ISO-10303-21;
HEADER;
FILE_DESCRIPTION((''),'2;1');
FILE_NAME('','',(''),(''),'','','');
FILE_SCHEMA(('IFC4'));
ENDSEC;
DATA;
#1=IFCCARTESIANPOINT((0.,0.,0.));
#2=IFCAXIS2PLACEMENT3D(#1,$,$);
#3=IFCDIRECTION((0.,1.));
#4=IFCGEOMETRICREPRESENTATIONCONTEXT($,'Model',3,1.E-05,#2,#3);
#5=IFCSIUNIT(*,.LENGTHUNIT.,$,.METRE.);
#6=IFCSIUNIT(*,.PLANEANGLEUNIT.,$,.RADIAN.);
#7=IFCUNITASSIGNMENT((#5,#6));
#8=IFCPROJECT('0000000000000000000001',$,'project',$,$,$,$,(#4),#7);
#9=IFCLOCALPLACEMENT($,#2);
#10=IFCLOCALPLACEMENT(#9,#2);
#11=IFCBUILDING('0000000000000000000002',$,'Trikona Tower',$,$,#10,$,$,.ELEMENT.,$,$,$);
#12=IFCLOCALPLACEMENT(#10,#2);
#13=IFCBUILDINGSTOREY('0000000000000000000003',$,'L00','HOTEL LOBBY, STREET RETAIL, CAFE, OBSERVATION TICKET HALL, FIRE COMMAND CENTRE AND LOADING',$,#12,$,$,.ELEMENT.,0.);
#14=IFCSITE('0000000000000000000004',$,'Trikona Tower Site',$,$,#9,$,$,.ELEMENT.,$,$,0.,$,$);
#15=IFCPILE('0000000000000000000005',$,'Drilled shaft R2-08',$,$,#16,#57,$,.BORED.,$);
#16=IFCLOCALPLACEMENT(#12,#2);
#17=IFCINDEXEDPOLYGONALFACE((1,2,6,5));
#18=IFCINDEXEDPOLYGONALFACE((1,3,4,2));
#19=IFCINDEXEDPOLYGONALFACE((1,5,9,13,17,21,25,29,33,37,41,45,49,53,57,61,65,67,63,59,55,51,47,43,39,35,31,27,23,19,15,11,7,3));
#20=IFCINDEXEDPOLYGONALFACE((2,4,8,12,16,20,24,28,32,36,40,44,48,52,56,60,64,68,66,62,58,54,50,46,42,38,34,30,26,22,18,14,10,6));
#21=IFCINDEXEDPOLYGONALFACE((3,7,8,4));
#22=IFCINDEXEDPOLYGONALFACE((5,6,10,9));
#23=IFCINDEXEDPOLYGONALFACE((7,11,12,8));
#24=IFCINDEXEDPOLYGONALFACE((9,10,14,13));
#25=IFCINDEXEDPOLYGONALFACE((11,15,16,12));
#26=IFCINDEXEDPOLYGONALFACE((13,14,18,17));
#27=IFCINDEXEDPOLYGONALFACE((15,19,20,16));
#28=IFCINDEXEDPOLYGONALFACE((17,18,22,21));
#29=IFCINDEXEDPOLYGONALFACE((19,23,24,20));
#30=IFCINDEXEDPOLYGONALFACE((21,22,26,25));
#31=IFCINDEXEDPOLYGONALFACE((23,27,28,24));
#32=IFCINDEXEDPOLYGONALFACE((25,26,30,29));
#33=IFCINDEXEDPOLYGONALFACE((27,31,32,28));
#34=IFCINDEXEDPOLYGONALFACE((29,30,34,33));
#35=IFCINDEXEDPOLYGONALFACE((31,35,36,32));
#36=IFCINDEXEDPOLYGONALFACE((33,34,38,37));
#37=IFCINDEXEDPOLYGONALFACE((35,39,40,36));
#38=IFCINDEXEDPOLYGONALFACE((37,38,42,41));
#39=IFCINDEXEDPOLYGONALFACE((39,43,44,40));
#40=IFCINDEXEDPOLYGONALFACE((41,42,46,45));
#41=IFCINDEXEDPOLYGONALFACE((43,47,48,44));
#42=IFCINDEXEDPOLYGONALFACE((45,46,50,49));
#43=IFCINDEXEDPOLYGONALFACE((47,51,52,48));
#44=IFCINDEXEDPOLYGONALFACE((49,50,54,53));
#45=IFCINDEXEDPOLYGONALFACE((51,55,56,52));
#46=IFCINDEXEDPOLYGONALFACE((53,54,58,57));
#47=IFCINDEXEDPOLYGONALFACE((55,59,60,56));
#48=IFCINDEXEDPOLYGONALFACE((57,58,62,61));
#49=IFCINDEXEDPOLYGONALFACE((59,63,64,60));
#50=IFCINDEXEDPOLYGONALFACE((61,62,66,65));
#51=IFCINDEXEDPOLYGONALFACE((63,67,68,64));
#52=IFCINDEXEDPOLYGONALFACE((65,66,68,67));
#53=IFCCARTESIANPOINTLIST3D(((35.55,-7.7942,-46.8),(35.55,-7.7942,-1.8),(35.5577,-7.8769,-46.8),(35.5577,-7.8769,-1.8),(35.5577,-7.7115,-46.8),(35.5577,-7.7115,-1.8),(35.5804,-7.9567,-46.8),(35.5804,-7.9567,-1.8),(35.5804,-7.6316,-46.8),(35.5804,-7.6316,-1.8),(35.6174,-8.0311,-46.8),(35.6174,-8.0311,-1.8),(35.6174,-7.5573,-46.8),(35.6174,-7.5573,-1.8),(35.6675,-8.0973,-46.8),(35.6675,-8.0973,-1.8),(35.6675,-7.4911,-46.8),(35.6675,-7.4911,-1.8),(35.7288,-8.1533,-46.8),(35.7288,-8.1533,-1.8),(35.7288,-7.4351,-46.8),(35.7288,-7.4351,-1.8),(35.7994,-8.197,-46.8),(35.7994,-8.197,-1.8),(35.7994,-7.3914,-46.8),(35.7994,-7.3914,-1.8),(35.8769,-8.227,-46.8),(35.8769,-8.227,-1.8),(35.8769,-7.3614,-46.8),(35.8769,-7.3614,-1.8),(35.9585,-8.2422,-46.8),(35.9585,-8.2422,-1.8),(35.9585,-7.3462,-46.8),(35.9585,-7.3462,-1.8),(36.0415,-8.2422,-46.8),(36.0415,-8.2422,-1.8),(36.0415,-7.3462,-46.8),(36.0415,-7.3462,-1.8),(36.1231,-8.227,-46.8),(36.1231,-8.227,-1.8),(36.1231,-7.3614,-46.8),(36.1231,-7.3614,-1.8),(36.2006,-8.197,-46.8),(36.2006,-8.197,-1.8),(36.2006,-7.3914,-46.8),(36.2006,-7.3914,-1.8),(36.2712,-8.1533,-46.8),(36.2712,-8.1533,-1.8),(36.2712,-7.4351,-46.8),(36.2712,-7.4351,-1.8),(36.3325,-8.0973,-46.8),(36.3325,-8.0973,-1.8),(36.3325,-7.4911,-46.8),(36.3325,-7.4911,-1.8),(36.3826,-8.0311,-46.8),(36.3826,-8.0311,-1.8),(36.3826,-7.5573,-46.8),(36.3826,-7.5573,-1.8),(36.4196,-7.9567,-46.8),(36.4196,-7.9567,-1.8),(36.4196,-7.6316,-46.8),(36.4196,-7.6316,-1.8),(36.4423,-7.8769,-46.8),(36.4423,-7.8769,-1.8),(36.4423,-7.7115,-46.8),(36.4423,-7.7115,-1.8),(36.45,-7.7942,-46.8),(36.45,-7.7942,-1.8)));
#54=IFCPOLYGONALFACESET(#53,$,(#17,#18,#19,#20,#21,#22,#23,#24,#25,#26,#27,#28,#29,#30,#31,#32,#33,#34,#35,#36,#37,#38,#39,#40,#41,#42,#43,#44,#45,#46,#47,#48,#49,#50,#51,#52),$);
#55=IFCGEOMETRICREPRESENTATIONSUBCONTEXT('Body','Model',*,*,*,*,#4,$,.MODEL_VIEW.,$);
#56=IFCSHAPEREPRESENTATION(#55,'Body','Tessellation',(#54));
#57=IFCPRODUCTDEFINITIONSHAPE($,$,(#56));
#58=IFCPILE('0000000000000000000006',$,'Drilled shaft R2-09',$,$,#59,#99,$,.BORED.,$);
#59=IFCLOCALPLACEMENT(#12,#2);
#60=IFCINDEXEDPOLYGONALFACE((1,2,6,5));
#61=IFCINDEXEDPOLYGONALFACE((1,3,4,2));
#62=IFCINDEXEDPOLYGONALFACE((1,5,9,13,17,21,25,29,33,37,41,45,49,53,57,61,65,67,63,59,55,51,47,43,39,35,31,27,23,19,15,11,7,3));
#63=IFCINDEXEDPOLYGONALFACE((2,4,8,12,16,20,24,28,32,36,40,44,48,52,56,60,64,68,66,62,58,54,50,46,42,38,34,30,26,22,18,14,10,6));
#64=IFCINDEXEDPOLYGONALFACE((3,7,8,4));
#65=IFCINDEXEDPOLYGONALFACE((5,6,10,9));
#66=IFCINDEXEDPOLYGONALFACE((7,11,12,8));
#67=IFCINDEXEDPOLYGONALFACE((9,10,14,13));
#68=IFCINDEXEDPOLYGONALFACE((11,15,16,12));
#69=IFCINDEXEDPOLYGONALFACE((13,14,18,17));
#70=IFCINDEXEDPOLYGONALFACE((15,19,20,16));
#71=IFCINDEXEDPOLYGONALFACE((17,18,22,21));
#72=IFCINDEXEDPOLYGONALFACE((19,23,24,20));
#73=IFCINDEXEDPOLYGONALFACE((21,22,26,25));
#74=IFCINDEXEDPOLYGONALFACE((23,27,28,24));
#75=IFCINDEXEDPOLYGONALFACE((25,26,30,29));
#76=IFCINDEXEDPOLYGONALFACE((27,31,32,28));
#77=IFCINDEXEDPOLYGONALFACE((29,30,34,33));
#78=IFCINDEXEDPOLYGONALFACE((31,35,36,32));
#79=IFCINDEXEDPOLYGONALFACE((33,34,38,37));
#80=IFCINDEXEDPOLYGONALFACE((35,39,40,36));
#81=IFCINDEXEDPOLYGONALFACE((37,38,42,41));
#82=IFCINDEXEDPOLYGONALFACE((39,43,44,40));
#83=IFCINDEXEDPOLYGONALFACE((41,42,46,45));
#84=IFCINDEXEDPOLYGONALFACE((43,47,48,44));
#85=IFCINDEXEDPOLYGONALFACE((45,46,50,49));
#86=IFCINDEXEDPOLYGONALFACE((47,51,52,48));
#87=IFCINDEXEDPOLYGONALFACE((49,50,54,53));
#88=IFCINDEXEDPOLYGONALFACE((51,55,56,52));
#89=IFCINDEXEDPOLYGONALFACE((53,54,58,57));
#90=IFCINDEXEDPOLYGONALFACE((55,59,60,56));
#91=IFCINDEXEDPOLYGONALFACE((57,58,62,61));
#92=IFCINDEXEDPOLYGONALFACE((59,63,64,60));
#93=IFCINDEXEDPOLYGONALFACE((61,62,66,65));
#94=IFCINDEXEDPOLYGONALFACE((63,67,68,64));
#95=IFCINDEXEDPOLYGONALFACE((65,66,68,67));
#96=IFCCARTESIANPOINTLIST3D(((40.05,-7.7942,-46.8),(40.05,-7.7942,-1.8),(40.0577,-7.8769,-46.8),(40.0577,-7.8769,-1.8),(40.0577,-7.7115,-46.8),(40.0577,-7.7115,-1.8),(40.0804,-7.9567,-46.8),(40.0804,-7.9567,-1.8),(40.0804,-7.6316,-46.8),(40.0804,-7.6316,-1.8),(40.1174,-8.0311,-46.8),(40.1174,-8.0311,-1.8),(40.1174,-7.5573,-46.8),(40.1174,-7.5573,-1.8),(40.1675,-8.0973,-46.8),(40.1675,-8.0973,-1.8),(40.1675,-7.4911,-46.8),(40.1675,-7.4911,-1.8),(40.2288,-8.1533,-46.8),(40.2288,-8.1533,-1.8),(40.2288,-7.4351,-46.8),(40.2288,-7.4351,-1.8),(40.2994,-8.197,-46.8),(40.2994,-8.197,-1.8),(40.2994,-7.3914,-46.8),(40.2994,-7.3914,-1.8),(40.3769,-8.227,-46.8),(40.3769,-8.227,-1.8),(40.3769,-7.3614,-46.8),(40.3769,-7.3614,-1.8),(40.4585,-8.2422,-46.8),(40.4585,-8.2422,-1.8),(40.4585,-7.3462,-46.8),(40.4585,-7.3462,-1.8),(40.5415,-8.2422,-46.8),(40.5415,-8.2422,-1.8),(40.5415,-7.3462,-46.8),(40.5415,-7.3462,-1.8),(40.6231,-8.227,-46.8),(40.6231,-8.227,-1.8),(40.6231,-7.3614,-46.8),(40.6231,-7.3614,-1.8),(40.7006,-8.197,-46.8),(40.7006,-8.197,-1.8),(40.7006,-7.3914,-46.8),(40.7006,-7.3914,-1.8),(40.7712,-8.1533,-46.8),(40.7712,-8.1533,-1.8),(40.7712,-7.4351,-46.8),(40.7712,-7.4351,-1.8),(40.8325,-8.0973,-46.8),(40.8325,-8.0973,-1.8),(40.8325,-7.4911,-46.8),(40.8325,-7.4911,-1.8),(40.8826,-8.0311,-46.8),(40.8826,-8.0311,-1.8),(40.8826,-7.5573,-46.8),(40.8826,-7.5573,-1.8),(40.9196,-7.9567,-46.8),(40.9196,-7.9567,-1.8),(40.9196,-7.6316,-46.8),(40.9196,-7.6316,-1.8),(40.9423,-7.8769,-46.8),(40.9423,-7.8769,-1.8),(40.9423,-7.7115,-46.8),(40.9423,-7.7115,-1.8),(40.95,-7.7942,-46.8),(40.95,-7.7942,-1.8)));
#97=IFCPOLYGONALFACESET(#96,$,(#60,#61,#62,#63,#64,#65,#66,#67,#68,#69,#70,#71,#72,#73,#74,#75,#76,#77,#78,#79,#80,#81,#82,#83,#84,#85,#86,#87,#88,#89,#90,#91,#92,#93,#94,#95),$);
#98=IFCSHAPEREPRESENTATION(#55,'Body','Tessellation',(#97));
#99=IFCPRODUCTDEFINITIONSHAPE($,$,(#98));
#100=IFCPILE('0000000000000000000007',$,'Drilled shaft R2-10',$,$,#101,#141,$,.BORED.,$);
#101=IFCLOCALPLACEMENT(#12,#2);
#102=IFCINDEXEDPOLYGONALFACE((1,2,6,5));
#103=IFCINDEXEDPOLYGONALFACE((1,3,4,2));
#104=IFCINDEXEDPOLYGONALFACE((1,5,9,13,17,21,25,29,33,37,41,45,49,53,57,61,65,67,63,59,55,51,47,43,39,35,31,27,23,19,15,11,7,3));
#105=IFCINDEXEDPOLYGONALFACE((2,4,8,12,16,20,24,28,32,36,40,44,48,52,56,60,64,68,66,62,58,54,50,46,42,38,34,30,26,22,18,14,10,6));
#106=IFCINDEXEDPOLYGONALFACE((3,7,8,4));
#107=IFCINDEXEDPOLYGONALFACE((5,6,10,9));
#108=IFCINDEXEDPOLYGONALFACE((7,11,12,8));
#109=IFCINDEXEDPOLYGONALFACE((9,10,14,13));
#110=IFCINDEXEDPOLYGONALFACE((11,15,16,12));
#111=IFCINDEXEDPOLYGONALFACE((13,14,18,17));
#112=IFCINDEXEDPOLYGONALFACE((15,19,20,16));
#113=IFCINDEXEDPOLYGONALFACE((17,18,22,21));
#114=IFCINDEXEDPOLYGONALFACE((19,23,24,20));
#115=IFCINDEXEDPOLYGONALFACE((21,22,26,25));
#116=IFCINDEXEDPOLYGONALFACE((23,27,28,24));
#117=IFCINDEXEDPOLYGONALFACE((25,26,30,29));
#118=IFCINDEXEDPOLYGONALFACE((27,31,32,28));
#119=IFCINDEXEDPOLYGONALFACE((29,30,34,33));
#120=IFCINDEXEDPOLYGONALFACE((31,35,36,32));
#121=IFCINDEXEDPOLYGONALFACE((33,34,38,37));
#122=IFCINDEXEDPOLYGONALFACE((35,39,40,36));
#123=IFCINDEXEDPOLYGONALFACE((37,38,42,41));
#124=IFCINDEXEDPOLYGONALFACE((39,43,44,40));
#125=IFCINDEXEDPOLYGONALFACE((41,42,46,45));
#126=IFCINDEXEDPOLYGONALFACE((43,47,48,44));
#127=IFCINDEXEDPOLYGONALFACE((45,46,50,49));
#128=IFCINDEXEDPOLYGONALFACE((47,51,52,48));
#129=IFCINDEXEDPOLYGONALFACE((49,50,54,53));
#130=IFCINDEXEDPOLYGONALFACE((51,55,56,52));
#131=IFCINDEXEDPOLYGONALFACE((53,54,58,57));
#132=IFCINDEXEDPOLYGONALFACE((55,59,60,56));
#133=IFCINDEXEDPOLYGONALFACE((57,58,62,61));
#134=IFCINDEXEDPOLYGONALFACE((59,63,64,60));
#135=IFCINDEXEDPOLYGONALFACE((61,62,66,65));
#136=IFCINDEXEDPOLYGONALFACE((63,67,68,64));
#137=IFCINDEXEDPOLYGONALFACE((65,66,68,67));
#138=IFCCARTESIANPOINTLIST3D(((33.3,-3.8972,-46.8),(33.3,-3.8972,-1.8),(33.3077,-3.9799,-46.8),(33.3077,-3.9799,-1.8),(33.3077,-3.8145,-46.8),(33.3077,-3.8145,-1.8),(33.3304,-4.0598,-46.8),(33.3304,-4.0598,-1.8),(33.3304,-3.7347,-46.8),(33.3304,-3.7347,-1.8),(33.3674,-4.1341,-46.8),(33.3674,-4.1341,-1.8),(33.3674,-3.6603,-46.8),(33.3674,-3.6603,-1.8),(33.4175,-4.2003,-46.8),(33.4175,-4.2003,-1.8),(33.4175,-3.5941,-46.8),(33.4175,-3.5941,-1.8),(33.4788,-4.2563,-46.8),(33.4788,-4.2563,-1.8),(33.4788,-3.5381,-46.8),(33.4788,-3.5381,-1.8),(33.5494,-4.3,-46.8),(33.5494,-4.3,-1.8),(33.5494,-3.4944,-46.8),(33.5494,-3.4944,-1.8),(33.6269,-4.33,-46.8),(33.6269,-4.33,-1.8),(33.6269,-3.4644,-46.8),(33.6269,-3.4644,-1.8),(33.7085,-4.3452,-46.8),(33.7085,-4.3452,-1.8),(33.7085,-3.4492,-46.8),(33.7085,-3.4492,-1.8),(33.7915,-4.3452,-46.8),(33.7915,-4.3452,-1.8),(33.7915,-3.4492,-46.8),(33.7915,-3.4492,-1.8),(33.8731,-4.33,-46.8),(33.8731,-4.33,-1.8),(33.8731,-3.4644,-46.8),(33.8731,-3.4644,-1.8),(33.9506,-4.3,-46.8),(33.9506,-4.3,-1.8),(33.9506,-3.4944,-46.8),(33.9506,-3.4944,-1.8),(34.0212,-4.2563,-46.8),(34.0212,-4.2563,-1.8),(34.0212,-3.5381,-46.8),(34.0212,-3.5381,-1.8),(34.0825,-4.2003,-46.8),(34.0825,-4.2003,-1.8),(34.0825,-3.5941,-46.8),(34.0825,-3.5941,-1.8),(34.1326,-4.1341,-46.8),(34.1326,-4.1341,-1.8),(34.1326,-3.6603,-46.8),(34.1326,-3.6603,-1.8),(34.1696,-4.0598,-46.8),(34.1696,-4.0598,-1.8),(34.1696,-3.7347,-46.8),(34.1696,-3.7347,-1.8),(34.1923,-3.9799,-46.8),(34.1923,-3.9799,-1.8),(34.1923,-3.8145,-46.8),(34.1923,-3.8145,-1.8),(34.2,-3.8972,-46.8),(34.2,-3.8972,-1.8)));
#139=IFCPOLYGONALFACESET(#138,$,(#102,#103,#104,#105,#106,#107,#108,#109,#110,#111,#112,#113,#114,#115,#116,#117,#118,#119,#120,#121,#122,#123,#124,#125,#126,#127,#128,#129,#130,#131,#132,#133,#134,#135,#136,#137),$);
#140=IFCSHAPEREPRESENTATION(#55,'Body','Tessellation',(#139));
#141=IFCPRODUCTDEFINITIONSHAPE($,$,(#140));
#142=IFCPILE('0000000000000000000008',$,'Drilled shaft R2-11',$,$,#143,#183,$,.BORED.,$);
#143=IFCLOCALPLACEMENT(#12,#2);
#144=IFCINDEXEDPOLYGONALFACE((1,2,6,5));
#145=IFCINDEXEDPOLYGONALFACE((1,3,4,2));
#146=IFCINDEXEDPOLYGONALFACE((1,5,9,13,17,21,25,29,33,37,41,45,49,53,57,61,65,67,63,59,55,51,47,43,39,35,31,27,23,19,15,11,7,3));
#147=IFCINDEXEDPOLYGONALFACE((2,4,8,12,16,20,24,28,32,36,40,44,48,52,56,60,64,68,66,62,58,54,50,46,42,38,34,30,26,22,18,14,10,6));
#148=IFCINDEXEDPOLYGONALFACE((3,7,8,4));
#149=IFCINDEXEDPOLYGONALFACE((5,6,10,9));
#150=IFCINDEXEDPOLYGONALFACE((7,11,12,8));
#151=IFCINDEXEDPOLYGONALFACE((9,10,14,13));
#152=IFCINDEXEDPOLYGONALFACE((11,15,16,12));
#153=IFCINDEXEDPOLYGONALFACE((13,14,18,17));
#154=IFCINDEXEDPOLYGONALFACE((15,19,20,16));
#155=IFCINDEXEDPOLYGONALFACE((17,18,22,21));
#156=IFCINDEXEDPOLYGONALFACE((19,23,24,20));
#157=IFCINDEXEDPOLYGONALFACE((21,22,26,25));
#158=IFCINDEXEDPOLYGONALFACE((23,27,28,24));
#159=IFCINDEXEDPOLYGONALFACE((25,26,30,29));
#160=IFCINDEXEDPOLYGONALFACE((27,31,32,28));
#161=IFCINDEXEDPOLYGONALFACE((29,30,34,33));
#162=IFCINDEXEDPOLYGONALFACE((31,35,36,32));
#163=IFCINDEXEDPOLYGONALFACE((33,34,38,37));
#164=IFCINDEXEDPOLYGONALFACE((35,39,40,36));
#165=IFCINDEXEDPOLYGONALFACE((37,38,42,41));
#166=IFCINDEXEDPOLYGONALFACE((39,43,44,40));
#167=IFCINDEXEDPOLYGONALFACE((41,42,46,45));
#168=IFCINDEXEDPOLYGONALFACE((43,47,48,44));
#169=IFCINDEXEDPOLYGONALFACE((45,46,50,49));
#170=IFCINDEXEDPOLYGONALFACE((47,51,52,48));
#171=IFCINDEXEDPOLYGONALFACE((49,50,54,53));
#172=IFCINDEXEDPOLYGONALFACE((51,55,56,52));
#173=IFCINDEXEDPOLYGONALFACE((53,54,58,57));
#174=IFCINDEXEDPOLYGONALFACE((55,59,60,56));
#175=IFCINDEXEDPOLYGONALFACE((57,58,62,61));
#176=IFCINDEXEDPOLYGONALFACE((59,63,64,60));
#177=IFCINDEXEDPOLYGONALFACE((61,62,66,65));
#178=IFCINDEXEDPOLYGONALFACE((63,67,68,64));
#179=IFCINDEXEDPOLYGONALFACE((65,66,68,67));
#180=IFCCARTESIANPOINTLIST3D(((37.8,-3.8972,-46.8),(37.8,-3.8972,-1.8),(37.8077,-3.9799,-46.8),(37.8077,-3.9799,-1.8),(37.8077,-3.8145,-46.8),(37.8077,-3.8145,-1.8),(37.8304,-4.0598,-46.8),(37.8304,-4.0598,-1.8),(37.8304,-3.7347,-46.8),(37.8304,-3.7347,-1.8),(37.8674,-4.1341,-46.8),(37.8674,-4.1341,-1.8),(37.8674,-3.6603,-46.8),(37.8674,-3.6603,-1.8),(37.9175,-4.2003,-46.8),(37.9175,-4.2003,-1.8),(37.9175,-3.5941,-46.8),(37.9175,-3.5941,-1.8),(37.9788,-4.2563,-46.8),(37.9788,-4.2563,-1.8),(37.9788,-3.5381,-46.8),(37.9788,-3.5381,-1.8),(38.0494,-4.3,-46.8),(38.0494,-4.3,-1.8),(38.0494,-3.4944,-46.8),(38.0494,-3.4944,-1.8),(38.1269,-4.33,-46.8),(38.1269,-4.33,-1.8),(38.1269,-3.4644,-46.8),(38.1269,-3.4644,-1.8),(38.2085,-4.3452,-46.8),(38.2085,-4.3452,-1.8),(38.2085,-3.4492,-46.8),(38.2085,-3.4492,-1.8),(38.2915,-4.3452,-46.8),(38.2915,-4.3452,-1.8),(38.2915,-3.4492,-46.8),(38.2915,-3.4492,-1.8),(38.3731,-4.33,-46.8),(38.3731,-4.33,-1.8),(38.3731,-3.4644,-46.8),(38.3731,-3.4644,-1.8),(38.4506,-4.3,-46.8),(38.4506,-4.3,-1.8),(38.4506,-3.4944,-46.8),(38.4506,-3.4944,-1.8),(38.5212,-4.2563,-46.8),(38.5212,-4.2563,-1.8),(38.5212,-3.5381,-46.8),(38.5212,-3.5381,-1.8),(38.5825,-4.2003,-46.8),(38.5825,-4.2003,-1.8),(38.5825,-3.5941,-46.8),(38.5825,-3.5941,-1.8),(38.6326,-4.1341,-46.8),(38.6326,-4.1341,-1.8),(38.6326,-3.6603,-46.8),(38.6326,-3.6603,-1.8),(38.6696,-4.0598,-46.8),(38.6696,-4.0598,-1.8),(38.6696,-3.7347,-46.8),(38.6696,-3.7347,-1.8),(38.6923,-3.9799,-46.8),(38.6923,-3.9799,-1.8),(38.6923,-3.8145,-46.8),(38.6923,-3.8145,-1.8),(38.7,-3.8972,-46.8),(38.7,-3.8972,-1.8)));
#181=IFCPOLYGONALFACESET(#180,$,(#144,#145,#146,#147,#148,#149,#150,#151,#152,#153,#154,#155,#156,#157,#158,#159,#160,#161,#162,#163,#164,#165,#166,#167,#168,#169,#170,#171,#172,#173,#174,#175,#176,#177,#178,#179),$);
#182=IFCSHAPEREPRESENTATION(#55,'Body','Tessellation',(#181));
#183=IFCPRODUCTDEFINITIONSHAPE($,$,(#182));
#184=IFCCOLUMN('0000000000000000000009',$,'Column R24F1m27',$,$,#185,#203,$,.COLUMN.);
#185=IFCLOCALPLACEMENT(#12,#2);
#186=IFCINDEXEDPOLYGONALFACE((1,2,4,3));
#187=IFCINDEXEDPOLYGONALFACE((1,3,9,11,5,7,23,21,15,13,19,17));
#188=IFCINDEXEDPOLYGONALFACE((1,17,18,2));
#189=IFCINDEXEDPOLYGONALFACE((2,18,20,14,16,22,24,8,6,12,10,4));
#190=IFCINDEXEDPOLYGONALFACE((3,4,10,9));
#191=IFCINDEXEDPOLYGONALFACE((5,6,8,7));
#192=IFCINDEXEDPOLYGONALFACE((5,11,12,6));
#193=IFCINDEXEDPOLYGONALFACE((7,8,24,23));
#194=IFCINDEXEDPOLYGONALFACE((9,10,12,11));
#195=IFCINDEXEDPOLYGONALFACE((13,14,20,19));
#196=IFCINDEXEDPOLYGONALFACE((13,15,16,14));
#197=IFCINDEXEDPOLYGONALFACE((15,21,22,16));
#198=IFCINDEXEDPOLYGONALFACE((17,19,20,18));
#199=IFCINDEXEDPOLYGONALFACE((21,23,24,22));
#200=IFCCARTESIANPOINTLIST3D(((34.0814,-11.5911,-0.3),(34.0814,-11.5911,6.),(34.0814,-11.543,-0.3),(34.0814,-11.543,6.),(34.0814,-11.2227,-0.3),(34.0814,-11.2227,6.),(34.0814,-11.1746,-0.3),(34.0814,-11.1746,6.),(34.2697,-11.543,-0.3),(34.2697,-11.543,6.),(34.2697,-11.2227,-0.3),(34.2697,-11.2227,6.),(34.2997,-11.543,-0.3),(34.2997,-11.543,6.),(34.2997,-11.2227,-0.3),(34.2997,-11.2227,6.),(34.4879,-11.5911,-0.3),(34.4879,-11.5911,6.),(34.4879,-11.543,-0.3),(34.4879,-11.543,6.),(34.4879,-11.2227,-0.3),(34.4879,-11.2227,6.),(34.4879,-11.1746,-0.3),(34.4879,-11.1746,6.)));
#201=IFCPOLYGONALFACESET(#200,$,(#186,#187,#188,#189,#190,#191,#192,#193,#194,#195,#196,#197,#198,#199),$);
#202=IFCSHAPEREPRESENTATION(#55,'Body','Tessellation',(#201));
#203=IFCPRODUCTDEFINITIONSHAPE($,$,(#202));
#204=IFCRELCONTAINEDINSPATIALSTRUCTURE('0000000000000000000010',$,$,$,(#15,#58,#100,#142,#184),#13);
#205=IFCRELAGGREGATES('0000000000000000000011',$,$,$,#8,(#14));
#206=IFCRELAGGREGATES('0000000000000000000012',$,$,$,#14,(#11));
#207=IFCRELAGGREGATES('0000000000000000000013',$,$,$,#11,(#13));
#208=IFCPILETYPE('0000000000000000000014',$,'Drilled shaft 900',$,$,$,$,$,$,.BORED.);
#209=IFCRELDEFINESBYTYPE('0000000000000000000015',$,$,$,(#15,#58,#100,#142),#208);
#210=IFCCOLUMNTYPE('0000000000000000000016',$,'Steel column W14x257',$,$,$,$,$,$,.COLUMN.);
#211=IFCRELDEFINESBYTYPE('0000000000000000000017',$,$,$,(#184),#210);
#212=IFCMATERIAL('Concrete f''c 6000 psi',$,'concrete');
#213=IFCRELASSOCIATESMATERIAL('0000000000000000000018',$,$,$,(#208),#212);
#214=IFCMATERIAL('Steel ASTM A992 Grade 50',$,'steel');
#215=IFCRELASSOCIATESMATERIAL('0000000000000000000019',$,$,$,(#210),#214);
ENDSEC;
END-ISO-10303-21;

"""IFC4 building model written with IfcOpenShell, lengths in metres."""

from ifc_helpers import new_model, si_unit, direction, frame, origin, origin_2d, place, context, subcontext, project, spatial, circle, i_section, extrude, material, material_profile, profile_set, type_object, element, save


model = new_model("IFC4")

# Units and contexts
model_context = context("Model", 3, precision=1e-05, world=origin(), true_north=direction((0.0, 1.0)))
body_context = subcontext(model_context, "Body", "Model", "MODEL_VIEW")
ifc_project = project(units=[si_unit("LENGTHUNIT", "METRE"), si_unit("PLANEANGLEUNIT", "RADIAN")], contexts=[model_context])

# Site, building, storey
site_placement = place(None, origin())
site = spatial("IfcSite", under=ifc_project, at=site_placement, Name="Trikona Tower Site", CompositionType="ELEMENT", RefElevation=0.0)
building_placement = place(site_placement, origin())
building = spatial("IfcBuilding", under=site, at=building_placement, Name="Trikona Tower", CompositionType="ELEMENT")
storey_placement = place(building_placement, origin())
storey = spatial("IfcBuildingStorey", under=building, at=storey_placement, Name="L00", Description="HOTEL LOBBY, STREET RETAIL, CAFE, OBSERVATION TICKET HALL, FIRE COMMAND CENTRE AND LOADING", CompositionType="ELEMENT", Elevation=0.0)

# Piles
ifc_material_1 = material(Name="Concrete f'c 6000 psi", Category="concrete")
pile_type = type_object("IfcPileType", Name="Drilled shaft 900", PredefinedType="BORED", material=ifc_material_1)
for number, where, z_axis, x_axis, name in (
    (1, (36.0, -7.7942, -1.8), (0.0, 0.0, -1.0), (1.0, 0.0, 0.0), "Drilled shaft R2-08"),
    (2, (40.5, -7.7942, -1.8), (0.0, 0.0, -1.0), (1.0, 0.0, 0.0), "Drilled shaft R2-09"),
    (3, (33.75, -3.8972, -1.8), (0.0, 0.0, -1.0), (1.0, 0.0, 0.0), "Drilled shaft R2-10"),
    (4, (38.25, -3.8972, -1.8), (0.0, 0.0, -1.0), (1.0, 0.0, 0.0), "Drilled shaft R2-11"),
):
    element("IfcPile", number, at=place(storey_placement, frame(where, z_axis=z_axis, x_axis=x_axis)), inside=storey, type_object=pile_type, Name=name, PredefinedType="BORED", context=body_context, shape_type="SweptSolid", body=[
        extrude(circle(Radius=0.45, at=origin_2d()), origin(), (0.0, 0.0, 1.0), 45.0),
    ])

# Column
ifc_material_2 = material(Name="Steel ASTM A992 Grade 50", Category="steel")
ifc_material_profile_1 = material_profile(ifc_material_2, i_section(OverallWidth=0.4065, OverallDepth=0.4165, WebThickness=0.03, FlangeThickness=0.0481, at=origin_2d()), Name="W14X257")
ifc_profile_set_1 = profile_set([ifc_material_profile_1], Name="Steel ASTM A992 Grade 50")
column_type = type_object("IfcColumnType", Name="Steel column W14x257", PredefinedType="COLUMN", material=ifc_profile_set_1)
for number, where, z_axis, x_axis, name in (
    (5, (34.2847, -11.3828, -0.3), (0.0, 0.0, 1.0), (1.0, 0.0, 0.0), "Column R24F1m27"),
):
    element("IfcColumn", number, at=place(storey_placement, frame(where, z_axis=z_axis, x_axis=x_axis)), inside=storey, type_object=column_type, Name=name, PredefinedType="COLUMN", context=body_context, shape_type="SweptSolid", body=[
        extrude(i_section(OverallWidth=0.4065, OverallDepth=0.4165, WebThickness=0.03, FlangeThickness=0.0481, at=origin_2d()), origin(), (0.0, 0.0, 1.0), 6.3),
    ])

save(model, "model.ifc")
